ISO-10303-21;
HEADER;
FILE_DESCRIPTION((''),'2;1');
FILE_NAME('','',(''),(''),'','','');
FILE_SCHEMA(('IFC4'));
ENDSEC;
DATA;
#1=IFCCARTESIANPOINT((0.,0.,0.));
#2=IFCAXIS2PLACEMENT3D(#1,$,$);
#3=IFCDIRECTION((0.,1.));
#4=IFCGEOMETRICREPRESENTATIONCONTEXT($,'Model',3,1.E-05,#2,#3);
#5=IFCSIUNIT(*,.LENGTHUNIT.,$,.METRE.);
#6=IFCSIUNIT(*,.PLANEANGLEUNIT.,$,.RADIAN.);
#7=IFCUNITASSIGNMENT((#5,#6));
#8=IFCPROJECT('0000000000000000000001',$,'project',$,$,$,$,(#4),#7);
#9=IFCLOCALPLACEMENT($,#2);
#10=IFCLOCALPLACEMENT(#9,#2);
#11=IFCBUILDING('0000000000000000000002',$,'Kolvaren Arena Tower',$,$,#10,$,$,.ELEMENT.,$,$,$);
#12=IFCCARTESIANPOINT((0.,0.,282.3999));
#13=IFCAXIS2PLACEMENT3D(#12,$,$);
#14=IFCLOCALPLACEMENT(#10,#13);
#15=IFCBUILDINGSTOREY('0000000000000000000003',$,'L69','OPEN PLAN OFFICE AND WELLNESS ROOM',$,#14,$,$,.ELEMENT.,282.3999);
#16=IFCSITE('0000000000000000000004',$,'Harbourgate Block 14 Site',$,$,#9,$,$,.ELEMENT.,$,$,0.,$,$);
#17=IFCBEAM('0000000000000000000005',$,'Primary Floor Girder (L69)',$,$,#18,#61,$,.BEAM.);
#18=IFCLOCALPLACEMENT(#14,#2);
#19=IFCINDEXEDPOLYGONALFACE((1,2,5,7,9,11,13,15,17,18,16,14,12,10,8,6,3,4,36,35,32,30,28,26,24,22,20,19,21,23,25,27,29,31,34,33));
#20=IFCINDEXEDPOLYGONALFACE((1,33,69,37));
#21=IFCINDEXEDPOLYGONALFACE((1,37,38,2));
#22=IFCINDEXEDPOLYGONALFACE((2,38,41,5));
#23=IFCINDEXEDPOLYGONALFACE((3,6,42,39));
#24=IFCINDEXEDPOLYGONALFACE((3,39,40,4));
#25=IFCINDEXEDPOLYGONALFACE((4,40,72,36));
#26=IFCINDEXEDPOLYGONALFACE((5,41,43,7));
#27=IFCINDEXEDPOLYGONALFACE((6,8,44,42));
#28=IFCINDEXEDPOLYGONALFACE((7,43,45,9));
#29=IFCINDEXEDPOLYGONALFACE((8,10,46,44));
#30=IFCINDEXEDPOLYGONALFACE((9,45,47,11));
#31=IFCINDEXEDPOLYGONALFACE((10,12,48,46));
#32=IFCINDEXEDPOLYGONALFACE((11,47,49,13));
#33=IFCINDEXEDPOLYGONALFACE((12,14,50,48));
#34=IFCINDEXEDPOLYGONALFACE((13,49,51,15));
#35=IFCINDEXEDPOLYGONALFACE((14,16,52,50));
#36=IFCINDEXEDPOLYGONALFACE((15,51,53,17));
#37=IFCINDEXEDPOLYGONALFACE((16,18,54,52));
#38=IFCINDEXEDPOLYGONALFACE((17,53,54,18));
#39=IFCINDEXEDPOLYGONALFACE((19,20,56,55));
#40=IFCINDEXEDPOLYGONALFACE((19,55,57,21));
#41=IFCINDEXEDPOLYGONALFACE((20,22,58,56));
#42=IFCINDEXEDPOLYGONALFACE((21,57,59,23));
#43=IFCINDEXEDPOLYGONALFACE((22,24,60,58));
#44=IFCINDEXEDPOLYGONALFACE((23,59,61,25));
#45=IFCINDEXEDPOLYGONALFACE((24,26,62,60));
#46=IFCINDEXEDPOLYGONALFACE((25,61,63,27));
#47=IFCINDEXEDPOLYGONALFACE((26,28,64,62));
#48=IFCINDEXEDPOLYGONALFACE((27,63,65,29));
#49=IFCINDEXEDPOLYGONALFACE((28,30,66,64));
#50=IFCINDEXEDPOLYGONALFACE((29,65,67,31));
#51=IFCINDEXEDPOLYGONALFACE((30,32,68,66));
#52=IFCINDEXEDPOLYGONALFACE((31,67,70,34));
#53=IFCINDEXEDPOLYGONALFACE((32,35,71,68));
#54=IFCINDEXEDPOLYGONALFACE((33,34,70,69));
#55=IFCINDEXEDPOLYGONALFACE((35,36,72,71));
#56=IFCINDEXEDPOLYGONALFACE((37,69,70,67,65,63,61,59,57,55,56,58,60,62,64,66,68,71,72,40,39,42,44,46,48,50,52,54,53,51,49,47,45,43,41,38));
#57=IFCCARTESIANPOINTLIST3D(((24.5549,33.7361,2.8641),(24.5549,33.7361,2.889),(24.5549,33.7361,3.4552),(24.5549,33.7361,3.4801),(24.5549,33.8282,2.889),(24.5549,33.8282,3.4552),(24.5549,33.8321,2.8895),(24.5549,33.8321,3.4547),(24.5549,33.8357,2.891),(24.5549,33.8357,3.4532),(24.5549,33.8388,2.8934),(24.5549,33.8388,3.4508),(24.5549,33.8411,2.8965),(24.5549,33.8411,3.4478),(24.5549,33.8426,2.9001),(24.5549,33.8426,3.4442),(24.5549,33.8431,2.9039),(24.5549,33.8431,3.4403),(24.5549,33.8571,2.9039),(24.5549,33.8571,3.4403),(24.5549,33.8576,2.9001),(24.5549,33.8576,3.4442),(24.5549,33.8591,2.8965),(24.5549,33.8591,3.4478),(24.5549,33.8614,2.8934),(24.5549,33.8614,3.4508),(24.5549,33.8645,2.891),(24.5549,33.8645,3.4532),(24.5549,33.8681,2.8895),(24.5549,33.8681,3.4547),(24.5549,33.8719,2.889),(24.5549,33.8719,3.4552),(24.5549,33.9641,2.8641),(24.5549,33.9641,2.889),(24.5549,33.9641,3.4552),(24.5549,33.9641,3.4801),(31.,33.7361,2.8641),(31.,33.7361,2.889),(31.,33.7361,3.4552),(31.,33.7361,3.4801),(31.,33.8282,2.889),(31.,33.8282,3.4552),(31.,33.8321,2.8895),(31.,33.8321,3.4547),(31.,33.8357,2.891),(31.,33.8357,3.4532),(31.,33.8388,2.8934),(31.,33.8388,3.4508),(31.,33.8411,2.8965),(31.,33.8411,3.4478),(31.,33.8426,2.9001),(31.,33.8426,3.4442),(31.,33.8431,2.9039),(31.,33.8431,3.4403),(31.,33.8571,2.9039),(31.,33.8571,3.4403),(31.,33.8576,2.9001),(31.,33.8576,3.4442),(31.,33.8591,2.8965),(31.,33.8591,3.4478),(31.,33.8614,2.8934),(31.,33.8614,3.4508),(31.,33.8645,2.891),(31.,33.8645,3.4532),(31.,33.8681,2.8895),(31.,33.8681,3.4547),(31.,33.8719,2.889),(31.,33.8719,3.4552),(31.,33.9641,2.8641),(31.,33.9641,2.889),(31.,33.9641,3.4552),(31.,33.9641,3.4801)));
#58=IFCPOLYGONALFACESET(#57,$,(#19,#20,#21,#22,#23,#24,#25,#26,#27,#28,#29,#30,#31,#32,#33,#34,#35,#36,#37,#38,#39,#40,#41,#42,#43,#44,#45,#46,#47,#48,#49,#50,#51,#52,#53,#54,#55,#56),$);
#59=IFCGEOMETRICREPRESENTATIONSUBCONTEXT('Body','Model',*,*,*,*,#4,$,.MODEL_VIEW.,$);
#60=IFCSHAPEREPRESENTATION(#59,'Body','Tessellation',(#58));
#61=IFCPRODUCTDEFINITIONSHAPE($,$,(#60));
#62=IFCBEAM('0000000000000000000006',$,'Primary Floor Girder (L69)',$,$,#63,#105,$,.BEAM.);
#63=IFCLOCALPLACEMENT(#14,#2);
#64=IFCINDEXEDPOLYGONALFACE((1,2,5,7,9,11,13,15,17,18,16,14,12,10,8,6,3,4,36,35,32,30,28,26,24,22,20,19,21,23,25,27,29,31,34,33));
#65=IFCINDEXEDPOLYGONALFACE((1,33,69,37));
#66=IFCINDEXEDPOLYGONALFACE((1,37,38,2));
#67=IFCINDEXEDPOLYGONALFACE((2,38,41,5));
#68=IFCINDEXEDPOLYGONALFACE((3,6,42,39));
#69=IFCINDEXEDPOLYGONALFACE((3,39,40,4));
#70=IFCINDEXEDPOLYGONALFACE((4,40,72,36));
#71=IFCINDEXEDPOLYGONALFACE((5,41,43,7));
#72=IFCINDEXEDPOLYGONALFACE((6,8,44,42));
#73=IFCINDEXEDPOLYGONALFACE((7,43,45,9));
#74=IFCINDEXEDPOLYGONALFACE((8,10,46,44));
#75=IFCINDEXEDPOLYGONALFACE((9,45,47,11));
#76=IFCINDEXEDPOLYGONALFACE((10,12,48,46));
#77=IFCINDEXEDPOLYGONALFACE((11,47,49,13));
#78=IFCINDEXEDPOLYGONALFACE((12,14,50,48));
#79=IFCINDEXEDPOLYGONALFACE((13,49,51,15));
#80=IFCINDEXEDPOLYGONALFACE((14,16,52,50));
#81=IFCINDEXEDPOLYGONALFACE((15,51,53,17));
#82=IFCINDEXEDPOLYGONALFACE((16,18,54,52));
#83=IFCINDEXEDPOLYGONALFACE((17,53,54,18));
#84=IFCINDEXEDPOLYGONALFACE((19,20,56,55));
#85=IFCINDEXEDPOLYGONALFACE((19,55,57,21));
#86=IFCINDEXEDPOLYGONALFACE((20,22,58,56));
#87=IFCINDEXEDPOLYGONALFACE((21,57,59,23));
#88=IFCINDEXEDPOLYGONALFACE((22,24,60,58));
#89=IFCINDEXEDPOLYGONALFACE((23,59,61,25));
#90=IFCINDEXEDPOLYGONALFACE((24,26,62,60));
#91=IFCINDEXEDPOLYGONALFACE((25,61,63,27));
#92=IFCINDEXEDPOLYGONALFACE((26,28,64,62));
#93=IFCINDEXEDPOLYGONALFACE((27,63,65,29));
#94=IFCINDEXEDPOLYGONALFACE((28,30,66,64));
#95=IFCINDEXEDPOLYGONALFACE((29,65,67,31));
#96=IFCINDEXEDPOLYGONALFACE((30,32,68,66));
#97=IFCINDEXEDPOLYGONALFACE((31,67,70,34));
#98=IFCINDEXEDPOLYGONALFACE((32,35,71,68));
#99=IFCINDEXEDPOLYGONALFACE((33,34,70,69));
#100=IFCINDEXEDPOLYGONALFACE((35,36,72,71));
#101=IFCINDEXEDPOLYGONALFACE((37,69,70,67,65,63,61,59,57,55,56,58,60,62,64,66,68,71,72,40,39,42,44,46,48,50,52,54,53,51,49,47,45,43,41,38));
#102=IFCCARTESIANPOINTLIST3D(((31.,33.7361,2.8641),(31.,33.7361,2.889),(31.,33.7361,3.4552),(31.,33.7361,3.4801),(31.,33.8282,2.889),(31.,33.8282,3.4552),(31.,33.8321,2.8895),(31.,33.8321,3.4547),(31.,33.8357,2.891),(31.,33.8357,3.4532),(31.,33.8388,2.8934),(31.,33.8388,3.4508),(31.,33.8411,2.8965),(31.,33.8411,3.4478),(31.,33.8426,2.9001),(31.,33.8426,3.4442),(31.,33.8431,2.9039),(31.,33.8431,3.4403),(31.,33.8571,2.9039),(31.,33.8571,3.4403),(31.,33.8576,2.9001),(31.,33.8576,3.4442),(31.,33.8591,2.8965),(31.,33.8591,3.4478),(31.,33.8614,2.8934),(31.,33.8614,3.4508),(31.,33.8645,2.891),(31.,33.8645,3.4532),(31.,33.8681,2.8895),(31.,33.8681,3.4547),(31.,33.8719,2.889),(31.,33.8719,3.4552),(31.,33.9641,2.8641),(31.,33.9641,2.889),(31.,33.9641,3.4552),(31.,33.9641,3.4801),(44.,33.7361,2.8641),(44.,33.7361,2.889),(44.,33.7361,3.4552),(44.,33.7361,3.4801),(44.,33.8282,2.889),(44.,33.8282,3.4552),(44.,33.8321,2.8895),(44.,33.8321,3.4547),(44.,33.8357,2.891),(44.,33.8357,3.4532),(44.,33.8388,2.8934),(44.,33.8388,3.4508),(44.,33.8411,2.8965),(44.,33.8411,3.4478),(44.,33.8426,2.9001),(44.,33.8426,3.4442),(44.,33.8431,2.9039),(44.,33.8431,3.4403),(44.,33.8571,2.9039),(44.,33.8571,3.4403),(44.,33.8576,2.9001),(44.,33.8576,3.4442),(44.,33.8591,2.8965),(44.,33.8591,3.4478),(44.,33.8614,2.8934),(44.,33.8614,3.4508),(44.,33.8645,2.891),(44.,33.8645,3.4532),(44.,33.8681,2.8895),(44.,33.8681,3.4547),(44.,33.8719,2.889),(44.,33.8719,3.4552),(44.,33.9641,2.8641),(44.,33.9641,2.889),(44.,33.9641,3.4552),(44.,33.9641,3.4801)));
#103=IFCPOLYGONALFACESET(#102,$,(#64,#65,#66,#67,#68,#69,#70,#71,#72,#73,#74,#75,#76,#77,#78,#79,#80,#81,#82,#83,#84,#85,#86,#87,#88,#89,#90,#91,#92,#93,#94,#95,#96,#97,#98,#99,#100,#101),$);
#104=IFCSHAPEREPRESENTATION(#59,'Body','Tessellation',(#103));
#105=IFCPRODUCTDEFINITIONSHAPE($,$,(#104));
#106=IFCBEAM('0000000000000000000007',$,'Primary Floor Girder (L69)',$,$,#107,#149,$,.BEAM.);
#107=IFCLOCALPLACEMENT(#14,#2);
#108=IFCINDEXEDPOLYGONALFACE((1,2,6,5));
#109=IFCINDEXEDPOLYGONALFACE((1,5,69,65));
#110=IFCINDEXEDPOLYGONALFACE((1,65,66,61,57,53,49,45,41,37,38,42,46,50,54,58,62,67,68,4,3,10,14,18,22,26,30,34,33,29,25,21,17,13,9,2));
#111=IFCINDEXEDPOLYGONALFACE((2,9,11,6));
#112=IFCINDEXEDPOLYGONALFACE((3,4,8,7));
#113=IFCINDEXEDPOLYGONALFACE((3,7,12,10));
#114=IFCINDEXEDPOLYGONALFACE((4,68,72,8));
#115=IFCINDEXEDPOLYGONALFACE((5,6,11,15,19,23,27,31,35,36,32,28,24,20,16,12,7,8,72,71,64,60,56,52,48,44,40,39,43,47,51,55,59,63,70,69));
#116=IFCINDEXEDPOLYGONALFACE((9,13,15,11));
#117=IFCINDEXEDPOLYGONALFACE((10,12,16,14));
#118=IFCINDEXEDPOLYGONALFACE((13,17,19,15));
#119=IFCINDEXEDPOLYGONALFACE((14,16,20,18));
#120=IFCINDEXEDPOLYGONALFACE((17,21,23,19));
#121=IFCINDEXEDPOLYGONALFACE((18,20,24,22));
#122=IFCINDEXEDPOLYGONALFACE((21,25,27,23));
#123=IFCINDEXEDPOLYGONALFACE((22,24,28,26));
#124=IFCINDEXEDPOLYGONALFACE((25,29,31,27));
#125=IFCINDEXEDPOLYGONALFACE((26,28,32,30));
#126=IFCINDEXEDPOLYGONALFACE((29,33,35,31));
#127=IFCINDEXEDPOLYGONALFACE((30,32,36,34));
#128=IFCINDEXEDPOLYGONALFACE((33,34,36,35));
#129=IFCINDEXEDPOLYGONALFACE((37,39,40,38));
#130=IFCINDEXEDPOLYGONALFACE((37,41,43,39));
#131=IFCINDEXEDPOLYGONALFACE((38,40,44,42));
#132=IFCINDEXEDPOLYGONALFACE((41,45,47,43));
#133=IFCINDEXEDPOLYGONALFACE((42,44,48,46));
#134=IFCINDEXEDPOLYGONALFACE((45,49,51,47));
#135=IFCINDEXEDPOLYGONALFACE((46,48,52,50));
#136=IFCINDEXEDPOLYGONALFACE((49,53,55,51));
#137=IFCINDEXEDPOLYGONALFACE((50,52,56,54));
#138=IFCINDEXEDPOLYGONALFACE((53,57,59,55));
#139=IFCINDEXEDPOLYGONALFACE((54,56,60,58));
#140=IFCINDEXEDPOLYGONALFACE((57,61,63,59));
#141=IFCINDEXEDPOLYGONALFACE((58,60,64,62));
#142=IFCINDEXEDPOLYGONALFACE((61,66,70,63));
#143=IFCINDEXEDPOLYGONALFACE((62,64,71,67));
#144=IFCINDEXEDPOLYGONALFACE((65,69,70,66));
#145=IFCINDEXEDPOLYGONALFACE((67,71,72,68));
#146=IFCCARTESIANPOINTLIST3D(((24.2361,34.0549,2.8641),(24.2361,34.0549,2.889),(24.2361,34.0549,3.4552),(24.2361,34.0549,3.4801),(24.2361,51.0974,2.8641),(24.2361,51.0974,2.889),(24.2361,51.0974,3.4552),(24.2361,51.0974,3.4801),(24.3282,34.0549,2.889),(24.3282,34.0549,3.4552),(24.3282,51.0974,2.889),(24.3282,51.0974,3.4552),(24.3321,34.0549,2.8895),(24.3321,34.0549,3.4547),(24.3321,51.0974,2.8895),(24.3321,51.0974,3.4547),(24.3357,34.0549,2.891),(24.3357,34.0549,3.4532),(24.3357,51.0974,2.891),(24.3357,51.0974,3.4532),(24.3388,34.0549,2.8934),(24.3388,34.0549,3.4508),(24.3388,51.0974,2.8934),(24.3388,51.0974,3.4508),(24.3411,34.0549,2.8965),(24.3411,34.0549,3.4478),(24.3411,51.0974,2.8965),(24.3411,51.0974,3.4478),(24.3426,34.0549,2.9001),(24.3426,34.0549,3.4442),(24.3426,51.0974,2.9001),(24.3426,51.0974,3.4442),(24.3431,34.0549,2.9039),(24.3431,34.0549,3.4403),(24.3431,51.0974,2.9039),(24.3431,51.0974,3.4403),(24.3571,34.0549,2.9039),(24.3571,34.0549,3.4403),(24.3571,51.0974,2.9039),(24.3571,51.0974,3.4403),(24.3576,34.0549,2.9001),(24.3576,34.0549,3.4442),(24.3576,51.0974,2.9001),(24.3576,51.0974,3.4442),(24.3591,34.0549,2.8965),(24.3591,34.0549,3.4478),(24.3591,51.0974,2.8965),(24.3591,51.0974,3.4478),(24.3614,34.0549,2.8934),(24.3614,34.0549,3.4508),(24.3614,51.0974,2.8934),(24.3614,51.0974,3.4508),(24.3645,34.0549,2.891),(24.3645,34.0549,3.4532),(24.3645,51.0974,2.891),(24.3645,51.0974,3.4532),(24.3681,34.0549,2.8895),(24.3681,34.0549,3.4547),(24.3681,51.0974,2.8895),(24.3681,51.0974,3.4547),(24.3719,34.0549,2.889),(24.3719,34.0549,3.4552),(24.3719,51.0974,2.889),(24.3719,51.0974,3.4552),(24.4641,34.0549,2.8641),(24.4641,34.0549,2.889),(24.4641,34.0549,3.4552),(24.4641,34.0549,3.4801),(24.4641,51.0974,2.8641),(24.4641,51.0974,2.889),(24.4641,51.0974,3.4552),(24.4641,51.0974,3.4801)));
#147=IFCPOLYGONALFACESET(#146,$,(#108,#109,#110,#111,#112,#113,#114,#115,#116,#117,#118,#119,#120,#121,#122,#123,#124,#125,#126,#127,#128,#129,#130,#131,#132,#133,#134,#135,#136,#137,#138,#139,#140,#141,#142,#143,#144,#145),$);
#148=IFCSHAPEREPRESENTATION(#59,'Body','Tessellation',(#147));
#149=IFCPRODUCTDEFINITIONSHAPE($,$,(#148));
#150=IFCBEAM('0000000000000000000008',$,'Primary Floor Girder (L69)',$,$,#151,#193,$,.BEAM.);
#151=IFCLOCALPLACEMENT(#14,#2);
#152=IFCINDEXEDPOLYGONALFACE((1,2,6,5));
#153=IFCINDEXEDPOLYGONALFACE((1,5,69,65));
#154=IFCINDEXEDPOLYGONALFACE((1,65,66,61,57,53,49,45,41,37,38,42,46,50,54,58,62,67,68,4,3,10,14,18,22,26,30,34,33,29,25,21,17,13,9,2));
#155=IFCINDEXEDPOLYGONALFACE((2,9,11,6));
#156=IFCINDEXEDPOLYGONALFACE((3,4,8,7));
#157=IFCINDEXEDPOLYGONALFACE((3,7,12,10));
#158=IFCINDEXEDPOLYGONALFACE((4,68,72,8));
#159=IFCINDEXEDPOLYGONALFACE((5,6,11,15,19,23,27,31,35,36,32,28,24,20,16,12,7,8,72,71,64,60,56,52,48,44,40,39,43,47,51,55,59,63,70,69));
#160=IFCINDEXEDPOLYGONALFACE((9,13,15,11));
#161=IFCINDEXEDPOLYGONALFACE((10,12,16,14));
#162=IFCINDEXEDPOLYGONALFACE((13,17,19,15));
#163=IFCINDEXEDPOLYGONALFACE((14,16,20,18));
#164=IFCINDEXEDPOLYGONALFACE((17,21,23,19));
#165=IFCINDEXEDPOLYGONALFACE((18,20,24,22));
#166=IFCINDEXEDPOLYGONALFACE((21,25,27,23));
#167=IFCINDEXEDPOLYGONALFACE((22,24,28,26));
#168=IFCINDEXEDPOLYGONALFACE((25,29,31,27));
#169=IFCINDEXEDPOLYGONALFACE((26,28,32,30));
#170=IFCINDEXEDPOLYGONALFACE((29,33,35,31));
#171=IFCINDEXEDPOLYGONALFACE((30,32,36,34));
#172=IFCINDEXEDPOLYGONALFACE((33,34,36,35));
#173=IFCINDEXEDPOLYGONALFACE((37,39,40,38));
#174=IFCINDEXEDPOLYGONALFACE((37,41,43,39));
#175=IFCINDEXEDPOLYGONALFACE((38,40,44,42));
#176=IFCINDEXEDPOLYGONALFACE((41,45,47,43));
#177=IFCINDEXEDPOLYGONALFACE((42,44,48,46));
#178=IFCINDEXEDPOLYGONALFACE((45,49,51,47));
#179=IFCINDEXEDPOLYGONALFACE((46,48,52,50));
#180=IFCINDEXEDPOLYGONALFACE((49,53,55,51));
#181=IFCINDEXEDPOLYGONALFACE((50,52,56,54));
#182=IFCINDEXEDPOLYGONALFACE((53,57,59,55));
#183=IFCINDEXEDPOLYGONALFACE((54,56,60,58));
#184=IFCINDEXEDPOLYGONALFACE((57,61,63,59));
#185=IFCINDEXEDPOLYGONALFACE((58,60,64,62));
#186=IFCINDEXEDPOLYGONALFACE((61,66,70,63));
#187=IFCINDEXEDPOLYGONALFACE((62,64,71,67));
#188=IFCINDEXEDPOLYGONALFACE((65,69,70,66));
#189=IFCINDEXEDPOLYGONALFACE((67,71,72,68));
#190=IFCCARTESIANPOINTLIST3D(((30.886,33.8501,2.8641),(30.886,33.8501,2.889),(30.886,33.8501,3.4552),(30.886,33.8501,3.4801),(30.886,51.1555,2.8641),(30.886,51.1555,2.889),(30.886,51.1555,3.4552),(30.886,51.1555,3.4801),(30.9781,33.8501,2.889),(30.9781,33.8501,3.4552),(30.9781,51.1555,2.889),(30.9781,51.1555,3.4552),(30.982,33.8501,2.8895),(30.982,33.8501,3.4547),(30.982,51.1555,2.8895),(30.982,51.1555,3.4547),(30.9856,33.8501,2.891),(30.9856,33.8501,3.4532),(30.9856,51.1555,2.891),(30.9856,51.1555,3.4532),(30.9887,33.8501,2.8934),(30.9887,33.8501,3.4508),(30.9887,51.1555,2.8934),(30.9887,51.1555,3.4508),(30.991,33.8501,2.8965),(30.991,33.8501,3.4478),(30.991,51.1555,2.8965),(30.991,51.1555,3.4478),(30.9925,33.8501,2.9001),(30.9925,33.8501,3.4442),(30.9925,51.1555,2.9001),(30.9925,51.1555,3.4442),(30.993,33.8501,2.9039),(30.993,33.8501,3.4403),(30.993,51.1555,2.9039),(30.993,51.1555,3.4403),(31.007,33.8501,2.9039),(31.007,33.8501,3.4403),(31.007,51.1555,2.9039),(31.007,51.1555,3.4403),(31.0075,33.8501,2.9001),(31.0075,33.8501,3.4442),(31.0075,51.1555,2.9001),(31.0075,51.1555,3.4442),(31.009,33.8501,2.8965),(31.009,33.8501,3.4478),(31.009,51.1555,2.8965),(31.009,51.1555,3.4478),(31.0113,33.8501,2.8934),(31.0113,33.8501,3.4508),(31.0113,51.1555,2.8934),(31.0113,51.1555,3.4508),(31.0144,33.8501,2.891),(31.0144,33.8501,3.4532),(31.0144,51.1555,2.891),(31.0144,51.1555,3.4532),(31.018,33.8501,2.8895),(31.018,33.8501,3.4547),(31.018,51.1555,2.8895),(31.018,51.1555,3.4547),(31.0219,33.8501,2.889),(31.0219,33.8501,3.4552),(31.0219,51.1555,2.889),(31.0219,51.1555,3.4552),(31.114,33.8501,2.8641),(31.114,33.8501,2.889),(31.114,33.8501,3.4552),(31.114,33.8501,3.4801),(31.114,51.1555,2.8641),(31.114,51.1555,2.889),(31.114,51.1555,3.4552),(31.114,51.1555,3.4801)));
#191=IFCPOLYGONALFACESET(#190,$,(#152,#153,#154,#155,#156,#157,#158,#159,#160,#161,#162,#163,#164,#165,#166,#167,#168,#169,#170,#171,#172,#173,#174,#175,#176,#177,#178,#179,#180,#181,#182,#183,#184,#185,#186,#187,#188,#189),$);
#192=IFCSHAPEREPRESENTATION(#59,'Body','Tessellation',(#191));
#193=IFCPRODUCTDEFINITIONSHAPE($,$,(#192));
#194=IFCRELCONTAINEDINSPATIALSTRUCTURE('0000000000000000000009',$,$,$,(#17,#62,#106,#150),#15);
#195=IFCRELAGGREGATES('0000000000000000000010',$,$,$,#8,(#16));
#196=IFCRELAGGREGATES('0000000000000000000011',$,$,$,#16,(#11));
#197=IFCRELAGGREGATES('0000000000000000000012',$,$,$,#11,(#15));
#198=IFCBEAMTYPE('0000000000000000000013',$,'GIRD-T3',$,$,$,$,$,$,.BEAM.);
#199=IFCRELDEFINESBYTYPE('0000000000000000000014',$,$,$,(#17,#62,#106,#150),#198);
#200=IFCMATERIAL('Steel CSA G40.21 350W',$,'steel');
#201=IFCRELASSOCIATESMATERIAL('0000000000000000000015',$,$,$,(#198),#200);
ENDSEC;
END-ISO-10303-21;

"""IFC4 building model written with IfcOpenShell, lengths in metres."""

from ifc_helpers import new_model, si_unit, direction, frame, origin, origin_2d, place, context, subcontext, project, spatial, i_section, extrude, material, material_profile, profile_set, type_object, element, save


model = new_model("IFC4")

# Units and contexts
model_context = context("Model", 3, precision=1e-05, world=origin(), true_north=direction((0.0, 1.0)))
body_context = subcontext(model_context, "Body", "Model", "MODEL_VIEW")
ifc_project = project(units=[si_unit("LENGTHUNIT", "METRE"), si_unit("PLANEANGLEUNIT", "RADIAN")], contexts=[model_context])

# Site, building, storey
site_placement = place(None, origin())
site = spatial("IfcSite", under=ifc_project, at=site_placement, Name="Harbourgate Block 14 Site", CompositionType="ELEMENT", RefElevation=0.0)
building_placement = place(site_placement, origin())
building = spatial("IfcBuilding", under=site, at=building_placement, Name="Kolvaren Arena Tower", CompositionType="ELEMENT")
storey_placement = place(building_placement, frame((0.0, 0.0, 282.3999)))
storey = spatial("IfcBuildingStorey", under=building, at=storey_placement, Name="L69", Description="OPEN PLAN OFFICE AND WELLNESS ROOM", CompositionType="ELEMENT", Elevation=282.3999)

# Beams
ifc_material_1 = material(Name="Steel CSA G40.21 350W", Category="steel")
ifc_material_profile_1 = material_profile(ifc_material_1, i_section(OverallWidth=0.228, OverallDepth=0.616, WebThickness=0.0139, FlangeThickness=0.0249, FilletRadius=0.0149, at=origin_2d()), Name="W610x174")
ifc_profile_set_1 = profile_set([ifc_material_profile_1], Name="Steel CSA G40.21 350W")
beam_type_1 = type_object("IfcBeamType", Name="GIRD-T3", PredefinedType="BEAM", material=ifc_profile_set_1)
beam_1_placement = place(storey_placement, frame((24.5549, 33.8501, 3.1721), z_axis=(1.0, 0.0, 0.0), x_axis=(0.0, 1.0, 0.0)))
element("IfcBeam", 1, at=beam_1_placement, inside=storey, type_object=beam_type_1, Name="Primary Floor Girder (L69)", PredefinedType="BEAM", context=body_context, shape_type="SweptSolid", body=[
    extrude(i_section(OverallWidth=0.228, OverallDepth=0.616, WebThickness=0.0139, FlangeThickness=0.0249, FilletRadius=0.0149, at=origin_2d()), origin(), (0.0, 0.0, 1.0), 6.4451),
])
beam_2_placement = place(storey_placement, frame((31.0, 33.8501, 3.1721), z_axis=(1.0, 0.0, 0.0), x_axis=(0.0, 1.0, 0.0)))
element("IfcBeam", 2, at=beam_2_placement, inside=storey, type_object=beam_type_1, Name="Primary Floor Girder (L69)", PredefinedType="BEAM", context=body_context, shape_type="SweptSolid", body=[
    extrude(i_section(OverallWidth=0.228, OverallDepth=0.616, WebThickness=0.0139, FlangeThickness=0.0249, FilletRadius=0.0149, at=origin_2d()), origin(), (0.0, 0.0, 1.0), 13.0),
])
beam_3_placement = place(storey_placement, frame((24.3501, 34.0549, 3.1721), z_axis=(0.0, 1.0, 0.0), x_axis=(-1.0, 0.0, 0.0)))
element("IfcBeam", 3, at=beam_3_placement, inside=storey, type_object=beam_type_1, Name="Primary Floor Girder (L69)", PredefinedType="BEAM", context=body_context, shape_type="SweptSolid", body=[
    extrude(i_section(OverallWidth=0.228, OverallDepth=0.616, WebThickness=0.0139, FlangeThickness=0.0249, FilletRadius=0.0149, at=origin_2d()), origin(), (0.0, 0.0, 1.0), 17.0425),
])
beam_4_placement = place(storey_placement, frame((31.0, 33.8501, 3.1721), z_axis=(0.0, 1.0, 0.0), x_axis=(-1.0, 0.0, 0.0)))
element("IfcBeam", 4, at=beam_4_placement, inside=storey, type_object=beam_type_1, Name="Primary Floor Girder (L69)", PredefinedType="BEAM", context=body_context, shape_type="SweptSolid", body=[
    extrude(i_section(OverallWidth=0.228, OverallDepth=0.616, WebThickness=0.0139, FlangeThickness=0.0249, FilletRadius=0.0149, at=origin_2d()), origin(), (0.0, 0.0, 1.0), 17.3054),
])

save(model, "model.ifc")
